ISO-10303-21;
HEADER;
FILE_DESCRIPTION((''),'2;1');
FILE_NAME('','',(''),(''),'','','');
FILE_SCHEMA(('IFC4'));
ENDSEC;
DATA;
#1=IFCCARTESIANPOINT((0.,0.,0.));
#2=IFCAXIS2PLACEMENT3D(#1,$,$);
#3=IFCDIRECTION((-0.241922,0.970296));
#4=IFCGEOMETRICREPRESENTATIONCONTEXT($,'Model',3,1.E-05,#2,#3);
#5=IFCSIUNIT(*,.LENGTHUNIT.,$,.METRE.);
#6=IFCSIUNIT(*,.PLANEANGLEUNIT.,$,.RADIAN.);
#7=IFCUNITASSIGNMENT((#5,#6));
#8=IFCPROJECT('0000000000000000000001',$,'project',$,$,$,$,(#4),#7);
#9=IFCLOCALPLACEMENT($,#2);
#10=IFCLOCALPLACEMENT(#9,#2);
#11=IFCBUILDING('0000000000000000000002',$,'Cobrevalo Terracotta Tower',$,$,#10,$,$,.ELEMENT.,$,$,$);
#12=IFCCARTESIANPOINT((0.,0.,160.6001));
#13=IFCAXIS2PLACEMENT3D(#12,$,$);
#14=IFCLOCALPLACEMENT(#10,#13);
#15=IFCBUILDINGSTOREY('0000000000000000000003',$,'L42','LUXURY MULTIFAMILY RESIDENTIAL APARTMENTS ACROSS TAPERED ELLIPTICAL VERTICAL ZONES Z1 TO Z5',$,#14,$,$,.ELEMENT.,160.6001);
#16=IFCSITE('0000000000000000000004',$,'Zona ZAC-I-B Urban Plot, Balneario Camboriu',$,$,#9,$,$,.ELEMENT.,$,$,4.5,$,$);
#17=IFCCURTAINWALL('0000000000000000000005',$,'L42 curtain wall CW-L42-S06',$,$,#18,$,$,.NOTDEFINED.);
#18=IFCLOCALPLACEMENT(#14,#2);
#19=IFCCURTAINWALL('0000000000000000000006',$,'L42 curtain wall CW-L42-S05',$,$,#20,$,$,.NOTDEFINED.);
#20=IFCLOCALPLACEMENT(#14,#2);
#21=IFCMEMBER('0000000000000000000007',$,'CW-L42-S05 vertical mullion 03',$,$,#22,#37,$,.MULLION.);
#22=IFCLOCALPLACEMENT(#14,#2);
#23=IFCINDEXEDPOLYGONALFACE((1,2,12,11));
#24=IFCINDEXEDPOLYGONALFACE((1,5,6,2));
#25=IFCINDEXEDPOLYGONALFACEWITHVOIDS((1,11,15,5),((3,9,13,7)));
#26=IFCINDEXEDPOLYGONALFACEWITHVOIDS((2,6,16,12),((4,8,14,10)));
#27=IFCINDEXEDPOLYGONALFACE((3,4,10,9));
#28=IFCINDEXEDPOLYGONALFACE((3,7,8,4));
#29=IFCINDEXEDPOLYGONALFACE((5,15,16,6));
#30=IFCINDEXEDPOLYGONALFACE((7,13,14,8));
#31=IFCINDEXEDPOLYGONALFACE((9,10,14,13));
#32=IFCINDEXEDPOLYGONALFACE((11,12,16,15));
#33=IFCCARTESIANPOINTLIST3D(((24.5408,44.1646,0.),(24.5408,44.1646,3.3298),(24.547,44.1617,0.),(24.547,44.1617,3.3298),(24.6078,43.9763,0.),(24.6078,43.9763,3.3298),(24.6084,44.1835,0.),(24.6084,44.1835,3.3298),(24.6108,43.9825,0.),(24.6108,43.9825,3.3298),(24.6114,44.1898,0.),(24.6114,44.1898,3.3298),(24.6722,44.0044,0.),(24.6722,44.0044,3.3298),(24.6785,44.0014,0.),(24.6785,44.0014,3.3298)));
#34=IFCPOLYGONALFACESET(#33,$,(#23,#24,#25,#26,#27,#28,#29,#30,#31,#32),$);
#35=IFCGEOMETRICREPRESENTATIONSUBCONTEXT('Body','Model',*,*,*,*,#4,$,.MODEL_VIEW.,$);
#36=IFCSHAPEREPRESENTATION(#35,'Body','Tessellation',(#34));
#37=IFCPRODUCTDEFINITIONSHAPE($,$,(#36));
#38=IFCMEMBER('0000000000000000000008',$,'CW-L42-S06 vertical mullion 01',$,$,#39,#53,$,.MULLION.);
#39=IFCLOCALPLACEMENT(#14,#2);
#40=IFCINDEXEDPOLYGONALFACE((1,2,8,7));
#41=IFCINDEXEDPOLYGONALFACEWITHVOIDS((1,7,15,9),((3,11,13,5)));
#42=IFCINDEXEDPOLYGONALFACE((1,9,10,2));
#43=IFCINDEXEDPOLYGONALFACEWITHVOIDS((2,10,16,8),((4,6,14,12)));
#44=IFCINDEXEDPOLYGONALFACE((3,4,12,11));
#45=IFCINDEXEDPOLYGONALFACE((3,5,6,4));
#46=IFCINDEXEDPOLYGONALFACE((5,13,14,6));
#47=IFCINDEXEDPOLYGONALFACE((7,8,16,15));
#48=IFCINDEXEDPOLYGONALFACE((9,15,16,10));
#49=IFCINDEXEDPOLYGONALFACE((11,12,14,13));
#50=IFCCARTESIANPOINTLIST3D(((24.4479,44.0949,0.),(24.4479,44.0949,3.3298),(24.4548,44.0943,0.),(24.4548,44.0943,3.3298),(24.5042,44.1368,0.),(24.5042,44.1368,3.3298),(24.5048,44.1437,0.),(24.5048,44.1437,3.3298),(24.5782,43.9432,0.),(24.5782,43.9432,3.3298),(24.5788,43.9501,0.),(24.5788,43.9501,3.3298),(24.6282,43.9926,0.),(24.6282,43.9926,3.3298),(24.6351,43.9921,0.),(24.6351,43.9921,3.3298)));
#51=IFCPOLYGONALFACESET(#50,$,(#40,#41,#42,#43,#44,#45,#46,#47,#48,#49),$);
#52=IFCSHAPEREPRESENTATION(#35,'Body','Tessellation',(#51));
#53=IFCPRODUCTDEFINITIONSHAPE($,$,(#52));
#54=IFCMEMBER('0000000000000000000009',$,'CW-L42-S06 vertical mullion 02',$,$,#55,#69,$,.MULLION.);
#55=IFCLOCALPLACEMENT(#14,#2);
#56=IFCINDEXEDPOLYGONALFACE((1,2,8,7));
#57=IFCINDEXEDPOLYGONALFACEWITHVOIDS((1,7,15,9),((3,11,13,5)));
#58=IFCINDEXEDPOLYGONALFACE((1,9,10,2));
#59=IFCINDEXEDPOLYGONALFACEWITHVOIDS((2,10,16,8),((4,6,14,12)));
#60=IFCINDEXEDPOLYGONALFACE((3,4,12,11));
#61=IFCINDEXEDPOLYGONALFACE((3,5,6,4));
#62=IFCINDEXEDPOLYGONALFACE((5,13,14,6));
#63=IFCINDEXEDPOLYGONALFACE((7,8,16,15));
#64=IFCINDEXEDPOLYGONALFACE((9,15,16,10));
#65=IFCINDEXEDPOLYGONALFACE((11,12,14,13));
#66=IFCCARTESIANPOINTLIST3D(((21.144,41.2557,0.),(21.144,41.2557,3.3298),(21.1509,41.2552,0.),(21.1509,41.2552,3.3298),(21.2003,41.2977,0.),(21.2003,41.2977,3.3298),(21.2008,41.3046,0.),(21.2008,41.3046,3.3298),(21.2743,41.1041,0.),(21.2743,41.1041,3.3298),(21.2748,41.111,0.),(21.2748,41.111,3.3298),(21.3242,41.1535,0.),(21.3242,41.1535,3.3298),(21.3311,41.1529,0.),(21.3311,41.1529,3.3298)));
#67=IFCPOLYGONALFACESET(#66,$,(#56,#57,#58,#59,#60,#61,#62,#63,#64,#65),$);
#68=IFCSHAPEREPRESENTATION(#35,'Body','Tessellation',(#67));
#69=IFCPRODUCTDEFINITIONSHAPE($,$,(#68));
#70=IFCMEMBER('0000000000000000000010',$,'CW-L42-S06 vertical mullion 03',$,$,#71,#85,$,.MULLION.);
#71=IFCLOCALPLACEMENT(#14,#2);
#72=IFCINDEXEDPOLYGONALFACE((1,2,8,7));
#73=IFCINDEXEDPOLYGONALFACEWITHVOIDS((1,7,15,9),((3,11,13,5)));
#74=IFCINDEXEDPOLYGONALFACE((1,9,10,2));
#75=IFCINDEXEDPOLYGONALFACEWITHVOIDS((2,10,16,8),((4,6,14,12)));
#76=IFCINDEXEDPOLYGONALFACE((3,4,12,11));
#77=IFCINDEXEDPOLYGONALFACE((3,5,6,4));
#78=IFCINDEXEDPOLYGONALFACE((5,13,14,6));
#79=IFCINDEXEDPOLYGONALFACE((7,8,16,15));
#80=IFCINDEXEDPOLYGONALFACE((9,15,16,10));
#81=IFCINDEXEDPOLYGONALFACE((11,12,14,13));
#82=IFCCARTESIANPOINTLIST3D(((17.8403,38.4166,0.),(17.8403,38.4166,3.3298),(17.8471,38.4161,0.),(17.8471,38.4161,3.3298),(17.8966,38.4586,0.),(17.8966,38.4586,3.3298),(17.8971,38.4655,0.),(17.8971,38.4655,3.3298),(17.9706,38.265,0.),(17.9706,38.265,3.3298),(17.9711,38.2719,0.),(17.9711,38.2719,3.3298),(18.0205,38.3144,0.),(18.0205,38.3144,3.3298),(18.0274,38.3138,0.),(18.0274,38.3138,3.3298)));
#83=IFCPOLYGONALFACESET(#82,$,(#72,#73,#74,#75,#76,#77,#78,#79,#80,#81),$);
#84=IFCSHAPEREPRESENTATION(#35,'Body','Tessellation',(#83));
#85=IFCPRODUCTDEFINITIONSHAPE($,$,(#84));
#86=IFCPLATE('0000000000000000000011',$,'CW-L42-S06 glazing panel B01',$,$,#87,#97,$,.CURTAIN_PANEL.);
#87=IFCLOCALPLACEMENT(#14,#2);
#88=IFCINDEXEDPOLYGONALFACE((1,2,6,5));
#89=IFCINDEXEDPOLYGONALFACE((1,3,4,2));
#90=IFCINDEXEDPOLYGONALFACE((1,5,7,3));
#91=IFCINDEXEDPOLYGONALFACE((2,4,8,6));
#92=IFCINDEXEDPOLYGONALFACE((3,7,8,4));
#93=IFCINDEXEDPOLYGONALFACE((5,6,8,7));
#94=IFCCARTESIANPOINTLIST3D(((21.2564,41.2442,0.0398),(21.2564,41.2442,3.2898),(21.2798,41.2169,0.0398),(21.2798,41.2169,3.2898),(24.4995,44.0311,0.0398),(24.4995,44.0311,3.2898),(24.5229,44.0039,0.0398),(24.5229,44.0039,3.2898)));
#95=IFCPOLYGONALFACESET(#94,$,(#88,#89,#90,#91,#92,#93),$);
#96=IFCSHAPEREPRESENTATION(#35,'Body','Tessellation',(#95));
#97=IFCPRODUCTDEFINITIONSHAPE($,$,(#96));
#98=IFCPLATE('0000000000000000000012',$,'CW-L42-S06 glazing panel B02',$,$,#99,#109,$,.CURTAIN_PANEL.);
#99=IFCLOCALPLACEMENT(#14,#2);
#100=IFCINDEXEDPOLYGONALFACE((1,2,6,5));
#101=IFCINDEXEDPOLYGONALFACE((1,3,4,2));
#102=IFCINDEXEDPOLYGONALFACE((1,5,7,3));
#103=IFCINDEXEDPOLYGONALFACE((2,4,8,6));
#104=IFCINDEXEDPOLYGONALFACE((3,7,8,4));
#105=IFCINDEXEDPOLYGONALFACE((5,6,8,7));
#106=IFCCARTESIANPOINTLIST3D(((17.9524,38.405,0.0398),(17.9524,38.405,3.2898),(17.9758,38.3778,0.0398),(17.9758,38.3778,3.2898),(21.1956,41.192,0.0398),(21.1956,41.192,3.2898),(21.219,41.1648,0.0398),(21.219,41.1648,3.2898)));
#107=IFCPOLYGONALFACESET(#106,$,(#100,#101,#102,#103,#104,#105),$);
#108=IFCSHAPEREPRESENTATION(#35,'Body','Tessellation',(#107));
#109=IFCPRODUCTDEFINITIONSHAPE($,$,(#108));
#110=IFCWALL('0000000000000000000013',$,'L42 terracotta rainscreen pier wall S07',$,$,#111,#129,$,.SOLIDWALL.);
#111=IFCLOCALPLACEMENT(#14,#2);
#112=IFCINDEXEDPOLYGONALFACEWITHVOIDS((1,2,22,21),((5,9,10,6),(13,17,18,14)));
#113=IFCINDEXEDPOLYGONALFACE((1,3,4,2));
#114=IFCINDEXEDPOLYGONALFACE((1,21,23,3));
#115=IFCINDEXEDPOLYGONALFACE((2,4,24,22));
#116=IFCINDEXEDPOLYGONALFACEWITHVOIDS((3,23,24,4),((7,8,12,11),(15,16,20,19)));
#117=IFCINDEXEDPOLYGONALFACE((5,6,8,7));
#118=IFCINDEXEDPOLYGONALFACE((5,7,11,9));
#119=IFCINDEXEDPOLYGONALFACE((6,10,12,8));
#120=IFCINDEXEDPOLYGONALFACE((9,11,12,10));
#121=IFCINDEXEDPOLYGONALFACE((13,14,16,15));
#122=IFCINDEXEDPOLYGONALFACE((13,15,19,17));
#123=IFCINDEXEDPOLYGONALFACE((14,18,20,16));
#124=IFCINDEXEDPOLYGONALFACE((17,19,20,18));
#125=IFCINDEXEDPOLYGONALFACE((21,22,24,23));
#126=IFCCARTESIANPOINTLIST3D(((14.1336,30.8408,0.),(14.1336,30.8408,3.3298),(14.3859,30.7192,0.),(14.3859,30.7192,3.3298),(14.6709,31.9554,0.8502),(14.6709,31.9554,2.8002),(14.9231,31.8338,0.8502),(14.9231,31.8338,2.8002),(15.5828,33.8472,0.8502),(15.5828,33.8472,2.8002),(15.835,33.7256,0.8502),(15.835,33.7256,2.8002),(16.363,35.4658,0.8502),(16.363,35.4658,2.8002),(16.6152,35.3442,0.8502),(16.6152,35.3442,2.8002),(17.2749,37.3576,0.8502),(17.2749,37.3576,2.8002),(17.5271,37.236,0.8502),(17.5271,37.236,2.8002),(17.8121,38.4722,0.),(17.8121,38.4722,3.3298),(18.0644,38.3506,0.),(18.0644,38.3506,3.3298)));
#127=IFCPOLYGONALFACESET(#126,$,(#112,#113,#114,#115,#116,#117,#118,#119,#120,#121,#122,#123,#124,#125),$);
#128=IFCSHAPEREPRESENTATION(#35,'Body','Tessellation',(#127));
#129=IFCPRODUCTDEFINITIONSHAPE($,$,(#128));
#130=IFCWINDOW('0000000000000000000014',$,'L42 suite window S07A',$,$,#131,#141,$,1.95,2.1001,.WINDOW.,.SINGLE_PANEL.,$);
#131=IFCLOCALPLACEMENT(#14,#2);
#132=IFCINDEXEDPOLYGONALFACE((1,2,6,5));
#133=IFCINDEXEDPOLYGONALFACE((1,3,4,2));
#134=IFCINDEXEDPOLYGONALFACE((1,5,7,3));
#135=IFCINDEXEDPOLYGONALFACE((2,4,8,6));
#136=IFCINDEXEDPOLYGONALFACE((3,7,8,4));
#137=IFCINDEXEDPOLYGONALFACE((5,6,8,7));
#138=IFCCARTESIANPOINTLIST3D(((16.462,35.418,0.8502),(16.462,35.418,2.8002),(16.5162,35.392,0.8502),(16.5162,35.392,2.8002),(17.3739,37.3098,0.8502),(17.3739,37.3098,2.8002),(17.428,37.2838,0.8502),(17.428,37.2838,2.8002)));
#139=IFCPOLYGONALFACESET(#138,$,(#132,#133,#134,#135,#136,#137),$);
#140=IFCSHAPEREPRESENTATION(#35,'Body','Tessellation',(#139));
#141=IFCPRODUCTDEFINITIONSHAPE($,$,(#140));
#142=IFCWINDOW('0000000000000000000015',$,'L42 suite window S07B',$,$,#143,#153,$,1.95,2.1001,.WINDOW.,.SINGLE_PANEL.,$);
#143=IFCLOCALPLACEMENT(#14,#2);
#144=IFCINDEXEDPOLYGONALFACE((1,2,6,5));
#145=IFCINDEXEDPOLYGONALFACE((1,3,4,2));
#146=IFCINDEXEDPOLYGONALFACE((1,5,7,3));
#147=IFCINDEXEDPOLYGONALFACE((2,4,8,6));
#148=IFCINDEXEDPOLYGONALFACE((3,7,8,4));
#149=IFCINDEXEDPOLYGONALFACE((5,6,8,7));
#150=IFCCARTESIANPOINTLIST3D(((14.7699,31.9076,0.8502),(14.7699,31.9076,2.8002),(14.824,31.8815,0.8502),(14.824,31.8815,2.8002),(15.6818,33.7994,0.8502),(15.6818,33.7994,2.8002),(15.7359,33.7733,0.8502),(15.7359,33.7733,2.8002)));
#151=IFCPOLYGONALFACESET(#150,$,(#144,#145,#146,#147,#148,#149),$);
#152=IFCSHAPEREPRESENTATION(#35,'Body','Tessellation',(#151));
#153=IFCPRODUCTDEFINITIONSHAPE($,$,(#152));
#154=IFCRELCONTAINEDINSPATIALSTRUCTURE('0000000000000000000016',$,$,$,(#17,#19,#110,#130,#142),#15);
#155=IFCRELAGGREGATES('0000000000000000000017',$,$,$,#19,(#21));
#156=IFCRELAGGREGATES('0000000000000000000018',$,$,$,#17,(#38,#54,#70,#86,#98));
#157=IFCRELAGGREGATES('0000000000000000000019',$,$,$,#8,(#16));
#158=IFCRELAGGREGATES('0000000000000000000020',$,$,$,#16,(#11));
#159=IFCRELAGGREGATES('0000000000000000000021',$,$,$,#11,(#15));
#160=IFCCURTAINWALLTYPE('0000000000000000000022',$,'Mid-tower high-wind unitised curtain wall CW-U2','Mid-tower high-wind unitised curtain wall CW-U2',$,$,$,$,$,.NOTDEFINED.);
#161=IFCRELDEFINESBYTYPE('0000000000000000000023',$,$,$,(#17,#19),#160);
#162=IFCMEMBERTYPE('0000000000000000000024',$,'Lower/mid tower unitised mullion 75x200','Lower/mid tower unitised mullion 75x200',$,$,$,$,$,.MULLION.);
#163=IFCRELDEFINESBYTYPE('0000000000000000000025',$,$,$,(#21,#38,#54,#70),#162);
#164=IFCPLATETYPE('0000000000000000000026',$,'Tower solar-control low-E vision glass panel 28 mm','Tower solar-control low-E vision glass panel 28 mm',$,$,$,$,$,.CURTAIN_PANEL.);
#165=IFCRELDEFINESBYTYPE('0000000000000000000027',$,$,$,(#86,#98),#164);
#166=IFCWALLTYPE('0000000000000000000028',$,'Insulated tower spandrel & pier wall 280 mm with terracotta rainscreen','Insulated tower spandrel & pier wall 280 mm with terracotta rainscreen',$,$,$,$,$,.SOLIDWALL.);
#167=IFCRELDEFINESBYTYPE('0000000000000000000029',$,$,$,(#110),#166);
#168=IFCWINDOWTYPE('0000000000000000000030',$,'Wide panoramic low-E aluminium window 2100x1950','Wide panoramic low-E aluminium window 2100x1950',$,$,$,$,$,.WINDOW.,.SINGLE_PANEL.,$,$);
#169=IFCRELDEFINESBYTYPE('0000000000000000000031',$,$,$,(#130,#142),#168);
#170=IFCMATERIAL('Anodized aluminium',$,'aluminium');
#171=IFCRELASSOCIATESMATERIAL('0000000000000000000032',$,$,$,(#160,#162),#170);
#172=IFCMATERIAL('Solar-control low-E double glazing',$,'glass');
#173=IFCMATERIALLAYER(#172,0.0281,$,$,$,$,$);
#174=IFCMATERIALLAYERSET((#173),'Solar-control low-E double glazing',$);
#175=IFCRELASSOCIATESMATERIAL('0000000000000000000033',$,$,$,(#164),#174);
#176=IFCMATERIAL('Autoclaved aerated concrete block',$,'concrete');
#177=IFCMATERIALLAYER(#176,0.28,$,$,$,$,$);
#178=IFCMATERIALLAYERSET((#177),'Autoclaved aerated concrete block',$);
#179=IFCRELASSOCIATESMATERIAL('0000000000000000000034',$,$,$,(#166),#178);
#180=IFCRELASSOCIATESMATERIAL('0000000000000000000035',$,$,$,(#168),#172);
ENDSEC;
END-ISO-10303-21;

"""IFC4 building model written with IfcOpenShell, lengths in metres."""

from ifc_helpers import new_model, si_unit, direction, frame, frame_2d, origin, origin_2d, place, context, subcontext, project, spatial, rectangle, hollow_rectangle, extrude, source, transform, mapped, material, layer, layer_set, material_profile, profile_set, type_object, element, fill, aggregate, save


model = new_model("IFC4")

# Units and contexts
model_context = context("Model", 3, precision=1e-05, world=origin(), true_north=direction((-0.241922, 0.970296)))
body_context = subcontext(model_context, "Body", "Model", "MODEL_VIEW")
ifc_project = project(units=[si_unit("LENGTHUNIT", "METRE"), si_unit("PLANEANGLEUNIT", "RADIAN")], contexts=[model_context])

# Site, building, storey
site_placement = place(None, origin())
site = spatial("IfcSite", under=ifc_project, at=site_placement, Name="Zona ZAC-I-B Urban Plot, Balneario Camboriu", CompositionType="ELEMENT", RefElevation=4.5)
building_placement = place(site_placement, origin())
building = spatial("IfcBuilding", under=site, at=building_placement, Name="Cobrevalo Terracotta Tower", CompositionType="ELEMENT")
storey_placement = place(building_placement, frame((0.0, 0.0, 160.6001)))
storey = spatial("IfcBuildingStorey", under=building, at=storey_placement, Name="L42", Description="LUXURY MULTIFAMILY RESIDENTIAL APARTMENTS ACROSS TAPERED ELLIPTICAL VERTICAL ZONES Z1 TO Z5", CompositionType="ELEMENT", Elevation=160.6001)

# Curtain wall
ifc_material_1 = material(Name="Anodized aluminium", Category="aluminium")
curtain_wall_type = type_object("IfcCurtainWallType", Name="Mid-tower high-wind unitised curtain wall CW-U2", Description="Mid-tower high-wind unitised curtain wall CW-U2", PredefinedType="NOTDEFINED", material=ifc_material_1)
curtain_wall_1_placement = place(storey_placement, origin())
curtain_wall_1 = element("IfcCurtainWall", 1, at=curtain_wall_1_placement, inside=storey, type_object=curtain_wall_type, Name="L42 curtain wall CW-L42-S06", PredefinedType="NOTDEFINED")

# Curtain wall, member
curtain_wall_2_placement = place(storey_placement, origin())
curtain_wall_2 = element("IfcCurtainWall", 2, at=curtain_wall_2_placement, inside=storey, type_object=curtain_wall_type, Name="L42 curtain wall CW-L42-S05", PredefinedType="NOTDEFINED")
ifc_material_profile_1 = material_profile(ifc_material_1, hollow_rectangle(XDim=0.075, YDim=0.2, WallThickness=0.0049, at=origin_2d()), Name="CWM 75x200")
ifc_profile_set_1 = profile_set([ifc_material_profile_1], Name="Anodized aluminium")
member_type_1 = type_object("IfcMemberType", Name="Lower/mid tower unitised mullion 75x200", Description="Lower/mid tower unitised mullion 75x200", PredefinedType="MULLION", material=ifc_profile_set_1)
shared_shape_1 = source(origin(), body_context, "Body", "SweptSolid", [
    extrude(hollow_rectangle(XDim=0.075, YDim=0.2, WallThickness=0.0049, at=origin_2d()), origin(), (0.0, 0.0, 1.0), 3.3298),
])
member_1_placement = place(storey_placement, frame((24.6096, 44.083, 0.0), z_axis=(0.0, 0.0, 1.0), x_axis=(-0.942098, -0.335336, 0.0)))
member_1 = element("IfcMember", 3, at=member_1_placement, type_object=member_type_1, Name="CW-L42-S05 vertical mullion 03", PredefinedType="MULLION", context=body_context, shape_type="MappedRepresentation", body=[
    mapped(shared_shape_1, transform((0.0, 0.0, 0.0), scale=1.0)),
])
aggregate(curtain_wall_2, [member_1])

# Members
member_2_placement = place(storey_placement, frame((24.5415, 44.0435, 0.0), z_axis=(0.0, 0.0, 1.0), x_axis=(-0.758442, -0.651741, 0.0)))
member_2 = element("IfcMember", 4, at=member_2_placement, type_object=member_type_1, Name="CW-L42-S06 vertical mullion 01", PredefinedType="MULLION", context=body_context, shape_type="MappedRepresentation", body=[
    mapped(shared_shape_1, transform((0.0, 0.0, 0.0), scale=1.0)),
])
member_3_placement = place(storey_placement, frame((21.2375, 41.2043, 0.0), z_axis=(0.0, 0.0, 1.0), x_axis=(-0.758442, -0.651741, 0.0)))
member_3 = element("IfcMember", 5, at=member_3_placement, type_object=member_type_1, Name="CW-L42-S06 vertical mullion 02", PredefinedType="MULLION", context=body_context, shape_type="MappedRepresentation", body=[
    mapped(shared_shape_1, transform((0.0, 0.0, 0.0), scale=1.0)),
])
member_4_placement = place(storey_placement, frame((17.9338, 38.3652, 0.0), z_axis=(0.0, 0.0, 1.0), x_axis=(-0.758442, -0.651741, 0.0)))
member_4 = element("IfcMember", 6, at=member_4_placement, type_object=member_type_1, Name="CW-L42-S06 vertical mullion 03", PredefinedType="MULLION", context=body_context, shape_type="MappedRepresentation", body=[
    mapped(shared_shape_1, transform((0.0, 0.0, 0.0), scale=1.0)),
])

# Plates
ifc_material_2 = material(Name="Solar-control low-E double glazing", Category="glass")
ifc_layer_1 = layer(ifc_material_2, 0.0281)
ifc_layer_set_1 = layer_set([ifc_layer_1], Name="Solar-control low-E double glazing")
plate_type = type_object("IfcPlateType", Name="Tower solar-control low-E vision glass panel 28 mm", Description="Tower solar-control low-E vision glass panel 28 mm", PredefinedType="CURTAIN_PANEL", material=ifc_layer_set_1)
shared_shape_2 = source(origin(), body_context, "Body", "SweptSolid", [
    extrude(rectangle(XDim=4.2761, YDim=0.0359, at=origin_2d()), origin(), (0.0, 0.0, 1.0), 3.25),
])
plate_1_placement = place(storey_placement, frame((22.8896, 42.624, 0.0398), z_axis=(0.0, 0.0, 1.0), x_axis=(-0.758437, -0.651746, 0.0)))
plate_1 = element("IfcPlate", 7, at=plate_1_placement, type_object=plate_type, Name="CW-L42-S06 glazing panel B01", PredefinedType="CURTAIN_PANEL", context=body_context, shape_type="MappedRepresentation", body=[
    mapped(shared_shape_2, transform((0.0, 0.0, 0.0), scale=1.0)),
])
plate_2_placement = place(storey_placement, frame((19.5857, 39.7849, 0.0398), z_axis=(0.0, 0.0, 1.0), x_axis=(-0.758437, -0.651746, 0.0)))
plate_2 = element("IfcPlate", 8, at=plate_2_placement, type_object=plate_type, Name="CW-L42-S06 glazing panel B02", PredefinedType="CURTAIN_PANEL", context=body_context, shape_type="MappedRepresentation", body=[
    mapped(shared_shape_2, transform((0.0, 0.0, 0.0), scale=1.0)),
])
aggregate(curtain_wall_1, [member_2, member_3, member_4, plate_1, plate_2])

# Wall, openings, windows
ifc_material_3 = material(Name="Autoclaved aerated concrete block", Category="concrete")
ifc_layer_2 = layer(ifc_material_3, 0.28)
ifc_layer_set_2 = layer_set([ifc_layer_2], Name="Autoclaved aerated concrete block")
wall_type_1 = type_object("IfcWallType", Name="Insulated tower spandrel & pier wall 280 mm with terracotta rainscreen", Description="Insulated tower spandrel & pier wall 280 mm with terracotta rainscreen", PredefinedType="SOLIDWALL", material=ifc_layer_set_2)
wall_1_placement = place(storey_placement, frame((17.9382, 38.4114, 0.0), z_axis=(0.0, 0.0, 1.0), x_axis=(-0.43421, -0.900812, 0.0)))
wall_1 = element("IfcWall", 9, at=wall_1_placement, inside=storey, type_object=wall_type_1, Name="L42 terracotta rainscreen pier wall S07", PredefinedType="SOLIDWALL", context=body_context, shape_type="SweptSolid", body=[
    extrude(rectangle(XDim=8.4717, YDim=0.28, at=frame_2d((4.2358, 0.0))), origin(), (0.0, 0.0, 1.0), 3.3298),
])
opening_1_placement = place(wall_1_placement, frame((1.2373, 0.0, 0.8501)))
opening_1 = element("IfcOpeningElement", 10, at=opening_1_placement, cuts=wall_1, PredefinedType="OPENING", context=body_context, shape_type="SweptSolid", body=[
    extrude(rectangle(XDim=2.1001, YDim=1.95, at=frame_2d((1.05, 0.9751))), frame((0.0, 0.1499, 0.0), z_axis=(0.0, -1.0, 0.0), x_axis=(1.0, 0.0, 0.0)), (0.0, 0.0, 1.0), 0.3),
])
opening_2_placement = place(wall_1_placement, frame((5.1343, 0.0, 0.8501)))
opening_2 = element("IfcOpeningElement", 11, at=opening_2_placement, cuts=wall_1, PredefinedType="OPENING", context=body_context, shape_type="SweptSolid", body=[
    extrude(rectangle(XDim=2.1001, YDim=1.95, at=frame_2d((1.05, 0.9751))), frame((0.0, 0.1499, 0.0), z_axis=(0.0, -1.0, 0.0), x_axis=(1.0, 0.0, 0.0)), (0.0, 0.0, 1.0), 0.3),
])
window_type = type_object("IfcWindowType", Name="Wide panoramic low-E aluminium window 2100x1950", Description="Wide panoramic low-E aluminium window 2100x1950", PartitioningType="SINGLE_PANEL", PredefinedType="WINDOW", material=ifc_material_2)
shared_shape_3 = source(origin(), body_context, "Body", "SweptSolid", [
    extrude(rectangle(XDim=2.1001, YDim=1.95, at=frame_2d((1.05, 0.9751))), frame((0.0, 0.03, 0.0), z_axis=(0.0, -1.0, 0.0), x_axis=(1.0, 0.0, 0.0)), (0.0, 0.0, 1.0), 0.0601),
])
window_1_placement = place(opening_1_placement, origin())
window_1 = element("IfcWindow", 12, at=window_1_placement, inside=storey, type_object=window_type, Name="L42 suite window S07A", OverallHeight=1.95, OverallWidth=2.1001, PartitioningType="SINGLE_PANEL", PredefinedType="WINDOW", context=body_context, shape_type="MappedRepresentation", body=[
    mapped(shared_shape_3, transform((0.0, 0.0, 0.0), scale=1.0)),
])
fill(opening_1, window_1)
window_2_placement = place(opening_2_placement, origin())
window_2 = element("IfcWindow", 13, at=window_2_placement, inside=storey, type_object=window_type, Name="L42 suite window S07B", OverallHeight=1.95, OverallWidth=2.1001, PartitioningType="SINGLE_PANEL", PredefinedType="WINDOW", context=body_context, shape_type="MappedRepresentation", body=[
    mapped(shared_shape_3, transform((0.0, 0.0, 0.0), scale=1.0)),
])
fill(opening_2, window_2)

save(model, "model.ifc")
